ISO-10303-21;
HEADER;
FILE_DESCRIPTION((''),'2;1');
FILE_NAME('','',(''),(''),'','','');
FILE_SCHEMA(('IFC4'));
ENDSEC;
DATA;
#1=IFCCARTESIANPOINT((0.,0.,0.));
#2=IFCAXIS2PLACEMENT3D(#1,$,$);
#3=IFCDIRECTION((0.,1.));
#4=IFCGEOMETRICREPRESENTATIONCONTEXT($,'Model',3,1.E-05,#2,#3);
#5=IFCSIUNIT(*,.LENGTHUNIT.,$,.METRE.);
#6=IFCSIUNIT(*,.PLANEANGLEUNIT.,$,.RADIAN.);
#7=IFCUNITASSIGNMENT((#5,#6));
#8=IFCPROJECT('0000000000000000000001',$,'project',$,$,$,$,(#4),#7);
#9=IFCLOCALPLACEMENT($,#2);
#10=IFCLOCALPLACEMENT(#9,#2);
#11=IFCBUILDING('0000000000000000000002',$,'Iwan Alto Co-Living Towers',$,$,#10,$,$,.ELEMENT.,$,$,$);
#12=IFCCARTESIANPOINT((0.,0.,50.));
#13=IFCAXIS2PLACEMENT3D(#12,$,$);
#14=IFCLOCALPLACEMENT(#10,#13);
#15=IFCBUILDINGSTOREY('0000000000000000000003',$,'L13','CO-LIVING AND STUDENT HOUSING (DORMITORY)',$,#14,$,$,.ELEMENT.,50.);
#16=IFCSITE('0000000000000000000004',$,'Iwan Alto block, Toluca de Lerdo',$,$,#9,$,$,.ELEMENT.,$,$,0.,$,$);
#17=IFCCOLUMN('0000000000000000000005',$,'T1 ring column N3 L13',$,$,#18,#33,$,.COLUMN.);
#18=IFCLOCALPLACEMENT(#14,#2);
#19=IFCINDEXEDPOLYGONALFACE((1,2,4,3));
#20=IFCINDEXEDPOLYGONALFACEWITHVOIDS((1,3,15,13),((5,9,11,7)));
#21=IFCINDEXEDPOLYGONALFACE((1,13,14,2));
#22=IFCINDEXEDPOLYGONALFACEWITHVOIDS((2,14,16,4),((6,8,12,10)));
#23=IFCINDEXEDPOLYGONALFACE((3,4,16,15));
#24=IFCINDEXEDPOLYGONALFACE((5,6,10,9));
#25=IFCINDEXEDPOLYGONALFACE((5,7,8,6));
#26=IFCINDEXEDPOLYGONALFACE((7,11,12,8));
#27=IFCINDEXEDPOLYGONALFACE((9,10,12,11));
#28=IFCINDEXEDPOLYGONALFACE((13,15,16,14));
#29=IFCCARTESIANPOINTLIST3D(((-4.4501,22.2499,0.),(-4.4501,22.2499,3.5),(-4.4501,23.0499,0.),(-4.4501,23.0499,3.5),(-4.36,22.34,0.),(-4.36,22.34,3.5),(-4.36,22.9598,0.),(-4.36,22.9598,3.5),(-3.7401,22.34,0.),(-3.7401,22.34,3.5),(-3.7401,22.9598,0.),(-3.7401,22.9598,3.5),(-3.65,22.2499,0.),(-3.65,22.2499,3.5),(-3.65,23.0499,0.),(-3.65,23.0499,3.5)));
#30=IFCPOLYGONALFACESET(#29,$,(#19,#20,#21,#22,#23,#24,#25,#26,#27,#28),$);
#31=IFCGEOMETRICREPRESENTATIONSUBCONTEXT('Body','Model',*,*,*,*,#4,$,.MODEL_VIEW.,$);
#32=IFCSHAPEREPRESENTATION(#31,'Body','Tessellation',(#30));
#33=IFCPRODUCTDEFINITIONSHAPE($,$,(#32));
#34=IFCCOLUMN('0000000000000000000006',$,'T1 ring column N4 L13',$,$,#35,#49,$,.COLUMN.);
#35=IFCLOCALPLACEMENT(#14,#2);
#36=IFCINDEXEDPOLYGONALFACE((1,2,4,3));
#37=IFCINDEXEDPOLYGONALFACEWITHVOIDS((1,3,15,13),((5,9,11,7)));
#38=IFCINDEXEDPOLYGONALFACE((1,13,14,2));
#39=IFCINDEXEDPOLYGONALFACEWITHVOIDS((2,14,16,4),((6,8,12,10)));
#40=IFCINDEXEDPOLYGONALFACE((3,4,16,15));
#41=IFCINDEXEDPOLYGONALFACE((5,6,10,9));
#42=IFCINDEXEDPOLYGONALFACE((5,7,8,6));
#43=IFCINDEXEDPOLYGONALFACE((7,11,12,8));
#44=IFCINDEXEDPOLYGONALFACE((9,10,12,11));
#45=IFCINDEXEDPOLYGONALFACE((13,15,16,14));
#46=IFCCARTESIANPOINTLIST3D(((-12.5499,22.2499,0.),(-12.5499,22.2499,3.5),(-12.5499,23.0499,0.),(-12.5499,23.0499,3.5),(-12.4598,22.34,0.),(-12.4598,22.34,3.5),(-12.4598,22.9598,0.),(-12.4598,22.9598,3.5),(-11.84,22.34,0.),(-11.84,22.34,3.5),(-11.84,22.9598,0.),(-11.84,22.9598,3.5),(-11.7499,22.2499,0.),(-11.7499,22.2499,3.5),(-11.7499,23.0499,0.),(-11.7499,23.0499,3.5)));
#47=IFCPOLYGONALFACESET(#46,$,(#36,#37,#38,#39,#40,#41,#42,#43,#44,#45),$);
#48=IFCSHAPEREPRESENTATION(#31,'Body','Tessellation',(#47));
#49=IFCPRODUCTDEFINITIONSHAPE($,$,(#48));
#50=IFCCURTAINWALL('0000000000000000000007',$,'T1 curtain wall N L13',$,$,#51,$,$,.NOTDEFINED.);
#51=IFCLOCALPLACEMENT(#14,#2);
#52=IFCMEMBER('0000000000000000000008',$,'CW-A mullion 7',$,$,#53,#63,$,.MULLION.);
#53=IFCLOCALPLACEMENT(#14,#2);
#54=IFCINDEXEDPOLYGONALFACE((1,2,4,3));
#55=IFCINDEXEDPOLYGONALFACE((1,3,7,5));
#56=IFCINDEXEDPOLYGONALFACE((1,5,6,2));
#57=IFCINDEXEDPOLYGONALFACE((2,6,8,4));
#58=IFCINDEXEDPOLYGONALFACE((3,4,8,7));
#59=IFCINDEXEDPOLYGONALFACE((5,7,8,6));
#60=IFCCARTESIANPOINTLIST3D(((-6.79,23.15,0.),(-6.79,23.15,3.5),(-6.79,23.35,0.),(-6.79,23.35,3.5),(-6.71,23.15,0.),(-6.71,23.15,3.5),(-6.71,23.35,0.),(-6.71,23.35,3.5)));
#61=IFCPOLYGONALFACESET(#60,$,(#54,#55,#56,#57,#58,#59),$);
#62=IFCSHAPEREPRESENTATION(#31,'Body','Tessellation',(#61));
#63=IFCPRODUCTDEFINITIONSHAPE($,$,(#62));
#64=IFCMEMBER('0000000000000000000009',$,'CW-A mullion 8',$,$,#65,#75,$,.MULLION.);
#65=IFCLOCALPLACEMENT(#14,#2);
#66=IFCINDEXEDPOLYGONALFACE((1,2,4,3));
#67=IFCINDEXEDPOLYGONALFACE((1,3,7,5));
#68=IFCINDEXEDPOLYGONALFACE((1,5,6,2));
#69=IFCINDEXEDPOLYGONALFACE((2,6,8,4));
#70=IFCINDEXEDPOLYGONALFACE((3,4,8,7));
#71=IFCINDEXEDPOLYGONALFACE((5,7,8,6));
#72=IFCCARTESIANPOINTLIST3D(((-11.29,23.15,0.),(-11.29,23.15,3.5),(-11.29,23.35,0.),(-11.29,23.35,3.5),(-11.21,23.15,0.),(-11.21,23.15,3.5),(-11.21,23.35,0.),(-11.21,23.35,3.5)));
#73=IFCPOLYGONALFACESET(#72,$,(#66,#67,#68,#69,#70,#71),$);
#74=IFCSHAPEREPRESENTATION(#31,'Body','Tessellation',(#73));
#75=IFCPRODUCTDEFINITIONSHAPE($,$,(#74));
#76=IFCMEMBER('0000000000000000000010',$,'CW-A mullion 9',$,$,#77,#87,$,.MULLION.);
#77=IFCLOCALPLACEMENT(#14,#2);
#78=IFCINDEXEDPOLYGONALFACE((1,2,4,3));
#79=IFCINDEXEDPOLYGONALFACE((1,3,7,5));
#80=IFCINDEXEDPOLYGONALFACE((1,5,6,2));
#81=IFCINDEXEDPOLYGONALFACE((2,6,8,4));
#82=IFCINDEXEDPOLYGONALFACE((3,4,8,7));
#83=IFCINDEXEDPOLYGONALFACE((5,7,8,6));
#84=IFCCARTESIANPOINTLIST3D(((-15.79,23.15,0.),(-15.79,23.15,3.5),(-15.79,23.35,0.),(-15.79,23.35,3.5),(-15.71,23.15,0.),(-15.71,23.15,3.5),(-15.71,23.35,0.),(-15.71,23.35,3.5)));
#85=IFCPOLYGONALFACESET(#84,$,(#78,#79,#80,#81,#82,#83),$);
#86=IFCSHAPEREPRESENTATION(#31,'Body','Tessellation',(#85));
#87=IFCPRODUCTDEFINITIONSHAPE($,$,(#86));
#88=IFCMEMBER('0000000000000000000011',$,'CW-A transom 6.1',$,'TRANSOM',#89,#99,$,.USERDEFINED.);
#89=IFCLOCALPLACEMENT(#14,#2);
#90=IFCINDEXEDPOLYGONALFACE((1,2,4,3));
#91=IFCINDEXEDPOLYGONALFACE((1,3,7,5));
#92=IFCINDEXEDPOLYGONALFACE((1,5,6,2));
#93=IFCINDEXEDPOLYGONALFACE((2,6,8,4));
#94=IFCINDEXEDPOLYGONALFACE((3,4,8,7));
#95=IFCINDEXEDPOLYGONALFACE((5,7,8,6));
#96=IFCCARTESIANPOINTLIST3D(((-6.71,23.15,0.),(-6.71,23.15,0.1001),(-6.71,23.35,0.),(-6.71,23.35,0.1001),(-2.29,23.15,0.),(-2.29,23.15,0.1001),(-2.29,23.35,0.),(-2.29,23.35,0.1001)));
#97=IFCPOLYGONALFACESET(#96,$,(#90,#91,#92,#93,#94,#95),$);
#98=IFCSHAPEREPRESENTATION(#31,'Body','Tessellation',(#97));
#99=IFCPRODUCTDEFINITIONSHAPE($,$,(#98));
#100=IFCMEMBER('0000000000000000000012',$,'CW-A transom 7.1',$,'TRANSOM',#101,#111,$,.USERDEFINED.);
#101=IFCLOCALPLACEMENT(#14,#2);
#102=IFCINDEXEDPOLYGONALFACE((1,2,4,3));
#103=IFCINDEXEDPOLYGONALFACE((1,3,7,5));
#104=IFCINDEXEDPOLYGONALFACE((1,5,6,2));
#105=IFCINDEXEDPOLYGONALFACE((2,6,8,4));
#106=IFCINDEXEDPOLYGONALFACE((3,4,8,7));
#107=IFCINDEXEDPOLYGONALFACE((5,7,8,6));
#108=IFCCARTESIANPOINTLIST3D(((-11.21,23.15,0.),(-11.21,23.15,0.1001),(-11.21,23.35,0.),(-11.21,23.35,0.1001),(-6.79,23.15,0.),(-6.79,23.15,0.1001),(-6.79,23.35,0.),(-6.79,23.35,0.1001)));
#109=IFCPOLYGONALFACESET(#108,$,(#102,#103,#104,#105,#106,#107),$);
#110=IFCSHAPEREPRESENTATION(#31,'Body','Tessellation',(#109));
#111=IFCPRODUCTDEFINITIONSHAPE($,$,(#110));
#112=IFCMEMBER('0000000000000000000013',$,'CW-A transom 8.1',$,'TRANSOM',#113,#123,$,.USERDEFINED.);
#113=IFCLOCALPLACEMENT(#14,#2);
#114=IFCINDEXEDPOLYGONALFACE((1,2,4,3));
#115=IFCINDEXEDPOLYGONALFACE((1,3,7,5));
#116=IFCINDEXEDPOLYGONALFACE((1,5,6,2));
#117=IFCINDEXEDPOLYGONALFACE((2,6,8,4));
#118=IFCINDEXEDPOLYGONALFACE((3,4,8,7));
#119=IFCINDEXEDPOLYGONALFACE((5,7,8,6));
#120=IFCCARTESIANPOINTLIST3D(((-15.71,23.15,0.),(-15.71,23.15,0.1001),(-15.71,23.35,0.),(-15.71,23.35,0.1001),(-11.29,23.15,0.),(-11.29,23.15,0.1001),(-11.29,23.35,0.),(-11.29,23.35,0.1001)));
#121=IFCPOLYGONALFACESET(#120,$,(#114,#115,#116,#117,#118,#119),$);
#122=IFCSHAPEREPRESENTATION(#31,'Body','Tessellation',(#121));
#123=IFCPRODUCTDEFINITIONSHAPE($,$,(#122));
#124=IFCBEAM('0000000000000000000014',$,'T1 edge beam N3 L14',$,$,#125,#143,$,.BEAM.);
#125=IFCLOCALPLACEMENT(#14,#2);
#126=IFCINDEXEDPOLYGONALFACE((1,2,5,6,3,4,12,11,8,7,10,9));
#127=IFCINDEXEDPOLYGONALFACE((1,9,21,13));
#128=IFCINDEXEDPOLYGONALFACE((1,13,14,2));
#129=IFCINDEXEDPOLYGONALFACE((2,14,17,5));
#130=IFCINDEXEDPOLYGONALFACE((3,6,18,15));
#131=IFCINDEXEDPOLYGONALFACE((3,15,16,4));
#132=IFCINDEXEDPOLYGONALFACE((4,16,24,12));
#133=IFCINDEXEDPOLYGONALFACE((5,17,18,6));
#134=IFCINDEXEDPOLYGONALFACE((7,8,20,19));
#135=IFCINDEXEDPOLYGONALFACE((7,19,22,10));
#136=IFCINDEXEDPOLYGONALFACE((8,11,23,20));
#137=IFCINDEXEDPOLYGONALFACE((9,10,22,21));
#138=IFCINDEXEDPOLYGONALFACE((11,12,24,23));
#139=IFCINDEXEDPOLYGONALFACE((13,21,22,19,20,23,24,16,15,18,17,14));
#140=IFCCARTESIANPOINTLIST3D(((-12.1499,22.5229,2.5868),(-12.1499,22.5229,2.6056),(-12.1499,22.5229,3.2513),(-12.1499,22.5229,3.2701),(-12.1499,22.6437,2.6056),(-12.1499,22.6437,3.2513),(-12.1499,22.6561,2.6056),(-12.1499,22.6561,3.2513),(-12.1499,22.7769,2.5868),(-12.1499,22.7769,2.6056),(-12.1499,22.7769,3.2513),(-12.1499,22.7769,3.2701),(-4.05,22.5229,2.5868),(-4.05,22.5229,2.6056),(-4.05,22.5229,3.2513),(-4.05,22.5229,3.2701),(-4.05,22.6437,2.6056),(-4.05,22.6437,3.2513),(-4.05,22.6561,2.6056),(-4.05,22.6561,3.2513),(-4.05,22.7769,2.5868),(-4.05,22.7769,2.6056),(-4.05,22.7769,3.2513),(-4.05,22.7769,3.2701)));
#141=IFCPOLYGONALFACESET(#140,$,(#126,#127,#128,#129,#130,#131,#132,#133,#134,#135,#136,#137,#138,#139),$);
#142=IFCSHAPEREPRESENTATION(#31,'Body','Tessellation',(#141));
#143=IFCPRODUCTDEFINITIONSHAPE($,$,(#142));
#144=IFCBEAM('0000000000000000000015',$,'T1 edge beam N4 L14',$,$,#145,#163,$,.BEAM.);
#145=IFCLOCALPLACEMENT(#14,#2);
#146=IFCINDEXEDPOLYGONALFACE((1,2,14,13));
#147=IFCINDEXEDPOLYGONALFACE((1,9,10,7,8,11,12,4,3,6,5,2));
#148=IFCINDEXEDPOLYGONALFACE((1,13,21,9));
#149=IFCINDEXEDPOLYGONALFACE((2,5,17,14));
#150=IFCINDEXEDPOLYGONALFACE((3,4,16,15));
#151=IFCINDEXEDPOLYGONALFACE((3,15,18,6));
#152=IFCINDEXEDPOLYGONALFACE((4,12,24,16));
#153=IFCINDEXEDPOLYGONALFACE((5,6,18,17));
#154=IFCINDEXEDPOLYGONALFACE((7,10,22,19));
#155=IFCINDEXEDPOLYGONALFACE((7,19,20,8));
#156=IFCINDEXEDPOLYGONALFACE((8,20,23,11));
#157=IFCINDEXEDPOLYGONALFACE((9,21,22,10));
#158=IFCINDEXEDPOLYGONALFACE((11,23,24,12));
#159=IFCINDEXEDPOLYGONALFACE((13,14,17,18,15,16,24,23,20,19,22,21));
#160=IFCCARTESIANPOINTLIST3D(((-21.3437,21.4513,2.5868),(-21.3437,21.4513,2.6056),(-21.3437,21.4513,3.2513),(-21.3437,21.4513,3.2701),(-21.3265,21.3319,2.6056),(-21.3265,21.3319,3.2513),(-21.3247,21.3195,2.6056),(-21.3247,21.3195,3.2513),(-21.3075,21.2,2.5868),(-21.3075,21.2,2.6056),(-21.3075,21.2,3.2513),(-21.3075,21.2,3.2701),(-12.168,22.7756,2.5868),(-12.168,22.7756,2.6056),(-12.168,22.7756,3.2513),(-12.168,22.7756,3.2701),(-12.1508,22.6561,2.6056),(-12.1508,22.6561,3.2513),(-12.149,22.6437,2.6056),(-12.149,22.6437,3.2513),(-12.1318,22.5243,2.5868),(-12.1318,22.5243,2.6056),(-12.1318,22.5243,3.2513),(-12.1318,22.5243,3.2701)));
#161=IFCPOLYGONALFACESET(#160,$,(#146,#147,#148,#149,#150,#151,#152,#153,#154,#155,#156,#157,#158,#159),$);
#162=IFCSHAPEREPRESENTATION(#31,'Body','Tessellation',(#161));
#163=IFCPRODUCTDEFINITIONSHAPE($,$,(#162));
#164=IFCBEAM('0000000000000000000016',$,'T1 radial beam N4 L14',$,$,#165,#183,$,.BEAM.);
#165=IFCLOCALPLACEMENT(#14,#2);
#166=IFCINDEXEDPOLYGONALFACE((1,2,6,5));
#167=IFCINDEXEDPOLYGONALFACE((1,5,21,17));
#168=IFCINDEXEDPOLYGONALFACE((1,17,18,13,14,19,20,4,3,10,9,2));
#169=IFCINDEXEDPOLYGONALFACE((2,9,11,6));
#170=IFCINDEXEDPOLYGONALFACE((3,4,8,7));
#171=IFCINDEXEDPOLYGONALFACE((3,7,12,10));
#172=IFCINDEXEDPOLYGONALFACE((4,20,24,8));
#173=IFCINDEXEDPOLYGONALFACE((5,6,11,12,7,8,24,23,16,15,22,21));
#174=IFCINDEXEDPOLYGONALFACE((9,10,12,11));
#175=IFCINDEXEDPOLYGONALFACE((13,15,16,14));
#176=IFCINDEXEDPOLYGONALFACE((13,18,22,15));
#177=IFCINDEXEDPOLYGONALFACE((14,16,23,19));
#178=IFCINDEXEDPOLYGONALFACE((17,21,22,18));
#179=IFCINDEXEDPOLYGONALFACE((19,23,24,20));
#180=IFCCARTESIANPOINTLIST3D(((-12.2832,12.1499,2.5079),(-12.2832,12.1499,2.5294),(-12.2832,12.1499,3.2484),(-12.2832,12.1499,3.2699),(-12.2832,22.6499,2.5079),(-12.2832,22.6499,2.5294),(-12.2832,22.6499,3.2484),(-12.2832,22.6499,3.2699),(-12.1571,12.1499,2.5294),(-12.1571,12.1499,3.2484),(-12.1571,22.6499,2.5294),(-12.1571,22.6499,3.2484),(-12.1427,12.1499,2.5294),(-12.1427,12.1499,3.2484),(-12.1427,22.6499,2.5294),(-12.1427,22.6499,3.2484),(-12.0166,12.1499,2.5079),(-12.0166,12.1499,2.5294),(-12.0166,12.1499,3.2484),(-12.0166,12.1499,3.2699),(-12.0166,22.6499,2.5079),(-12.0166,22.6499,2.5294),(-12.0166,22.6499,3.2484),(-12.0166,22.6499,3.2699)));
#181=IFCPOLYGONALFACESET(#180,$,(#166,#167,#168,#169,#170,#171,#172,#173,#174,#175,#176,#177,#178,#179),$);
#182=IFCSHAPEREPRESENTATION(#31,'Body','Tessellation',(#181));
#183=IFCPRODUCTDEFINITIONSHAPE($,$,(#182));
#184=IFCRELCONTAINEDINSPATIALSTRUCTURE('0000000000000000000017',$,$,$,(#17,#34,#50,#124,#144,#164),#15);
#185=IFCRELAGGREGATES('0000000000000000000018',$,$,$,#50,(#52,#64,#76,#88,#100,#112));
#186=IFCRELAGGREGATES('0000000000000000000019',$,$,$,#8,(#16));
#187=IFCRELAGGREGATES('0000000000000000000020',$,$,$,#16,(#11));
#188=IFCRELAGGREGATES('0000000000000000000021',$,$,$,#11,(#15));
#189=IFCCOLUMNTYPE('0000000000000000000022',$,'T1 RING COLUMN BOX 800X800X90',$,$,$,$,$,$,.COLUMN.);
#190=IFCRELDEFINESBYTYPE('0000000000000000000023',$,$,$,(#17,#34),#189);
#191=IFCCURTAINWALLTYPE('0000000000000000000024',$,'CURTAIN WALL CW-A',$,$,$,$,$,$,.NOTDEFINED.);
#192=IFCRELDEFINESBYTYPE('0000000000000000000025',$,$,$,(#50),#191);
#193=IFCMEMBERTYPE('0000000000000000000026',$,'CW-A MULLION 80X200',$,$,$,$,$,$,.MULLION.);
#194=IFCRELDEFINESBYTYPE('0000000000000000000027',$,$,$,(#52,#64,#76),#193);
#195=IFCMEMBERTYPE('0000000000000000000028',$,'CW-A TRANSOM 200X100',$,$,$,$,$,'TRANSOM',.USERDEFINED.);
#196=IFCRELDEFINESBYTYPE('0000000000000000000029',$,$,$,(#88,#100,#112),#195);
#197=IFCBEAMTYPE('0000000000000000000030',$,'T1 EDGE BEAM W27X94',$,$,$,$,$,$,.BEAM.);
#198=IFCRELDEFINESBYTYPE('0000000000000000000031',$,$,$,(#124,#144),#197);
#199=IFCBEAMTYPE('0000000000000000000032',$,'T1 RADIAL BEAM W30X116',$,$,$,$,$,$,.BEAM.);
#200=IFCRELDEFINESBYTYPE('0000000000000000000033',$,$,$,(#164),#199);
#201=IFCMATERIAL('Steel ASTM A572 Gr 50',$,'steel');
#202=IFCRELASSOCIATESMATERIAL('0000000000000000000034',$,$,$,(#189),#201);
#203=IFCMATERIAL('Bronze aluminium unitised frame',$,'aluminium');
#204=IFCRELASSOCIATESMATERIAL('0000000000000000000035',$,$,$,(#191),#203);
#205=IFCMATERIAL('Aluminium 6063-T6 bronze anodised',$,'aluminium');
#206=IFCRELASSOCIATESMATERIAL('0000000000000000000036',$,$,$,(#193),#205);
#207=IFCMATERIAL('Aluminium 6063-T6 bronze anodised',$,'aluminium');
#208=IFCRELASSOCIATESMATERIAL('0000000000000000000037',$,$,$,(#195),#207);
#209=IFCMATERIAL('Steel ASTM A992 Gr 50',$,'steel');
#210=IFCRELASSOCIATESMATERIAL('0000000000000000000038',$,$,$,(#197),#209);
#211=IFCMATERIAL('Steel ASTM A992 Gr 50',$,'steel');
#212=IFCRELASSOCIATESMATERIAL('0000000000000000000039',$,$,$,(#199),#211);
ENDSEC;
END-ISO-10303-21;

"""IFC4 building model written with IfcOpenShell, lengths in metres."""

from ifc_helpers import new_model, si_unit, direction, frame, origin, origin_2d, place, context, subcontext, project, spatial, rectangle, hollow_rectangle, i_section, extrude, material, material_profile, profile_set, type_object, element, aggregate, save


model = new_model("IFC4")

# Units and contexts
model_context = context("Model", 3, precision=1e-05, world=origin(), true_north=direction((0.0, 1.0)))
body_context = subcontext(model_context, "Body", "Model", "MODEL_VIEW")
ifc_project = project(units=[si_unit("LENGTHUNIT", "METRE"), si_unit("PLANEANGLEUNIT", "RADIAN")], contexts=[model_context])

# Site, building, storey
site_placement = place(None, origin())
site = spatial("IfcSite", under=ifc_project, at=site_placement, Name="Iwan Alto block, Toluca de Lerdo", CompositionType="ELEMENT", RefElevation=0.0)
building_placement = place(site_placement, origin())
building = spatial("IfcBuilding", under=site, at=building_placement, Name="Iwan Alto Co-Living Towers", CompositionType="ELEMENT")
storey_placement = place(building_placement, frame((0.0, 0.0, 50.0)))
storey = spatial("IfcBuildingStorey", under=building, at=storey_placement, Name="L13", Description="CO-LIVING AND STUDENT HOUSING (DORMITORY)", CompositionType="ELEMENT", Elevation=50.0)

# Columns
ifc_material_1 = material(Name="Steel ASTM A572 Gr 50", Category="steel")
ifc_material_profile_1 = material_profile(ifc_material_1, hollow_rectangle(XDim=0.8, YDim=0.8, WallThickness=0.0901, at=origin_2d()), Name="BOX 800X800X90")
ifc_profile_set_1 = profile_set([ifc_material_profile_1], Name="Steel ASTM A572 Gr 50")
column_type = type_object("IfcColumnType", Name="T1 RING COLUMN BOX 800X800X90", PredefinedType="COLUMN", material=ifc_profile_set_1)
for number, where, z_axis, x_axis, name in (
    (1, (-4.05, 22.6499, 0.0), (0.0, 0.0, 1.0), (1.0, 0.0, 0.0), "T1 ring column N3 L13"),
    (2, (-12.1499, 22.6499, 0.0), (0.0, 0.0, 1.0), (1.0, 0.0, 0.0), "T1 ring column N4 L13"),
):
    element("IfcColumn", number, at=place(storey_placement, frame(where, z_axis=z_axis, x_axis=x_axis)), inside=storey, type_object=column_type, Name=name, PredefinedType="COLUMN", context=body_context, shape_type="SweptSolid", body=[
        extrude(hollow_rectangle(XDim=0.8, YDim=0.8, WallThickness=0.0901, at=origin_2d()), origin(), (0.0, 0.0, 1.0), 3.5),
    ])

# Curtain wall, members
ifc_material_2 = material(Name="Bronze aluminium unitised frame", Category="aluminium")
curtain_wall_type = type_object("IfcCurtainWallType", Name="CURTAIN WALL CW-A", PredefinedType="NOTDEFINED", material=ifc_material_2)
curtain_wall_placement = place(storey_placement, origin())
curtain_wall = element("IfcCurtainWall", 3, at=curtain_wall_placement, inside=storey, type_object=curtain_wall_type, Name="T1 curtain wall N L13", PredefinedType="NOTDEFINED")
ifc_material_3 = material(Name="Aluminium 6063-T6 bronze anodised", Category="aluminium")
ifc_material_profile_2 = material_profile(ifc_material_3, rectangle(XDim=0.2, YDim=0.0801, at=origin_2d()), Name="AL 80X200")
ifc_profile_set_2 = profile_set([ifc_material_profile_2], Name="Aluminium 6063-T6 bronze anodised")
member_type_1 = type_object("IfcMemberType", Name="CW-A MULLION 80X200", PredefinedType="MULLION", material=ifc_profile_set_2)
member_1_placement = place(storey_placement, frame((-6.75, 23.25, 0.0), z_axis=(0.0, 0.0, 1.0), x_axis=(0.0, -1.0, 0.0)))
member_1 = element("IfcMember", 4, at=member_1_placement, type_object=member_type_1, Name="CW-A mullion 7", PredefinedType="MULLION", context=body_context, shape_type="SweptSolid", body=[
    extrude(rectangle(XDim=0.2, YDim=0.0801, at=origin_2d()), origin(), (0.0, 0.0, 1.0), 3.5),
])
member_2_placement = place(storey_placement, frame((-11.25, 23.25, 0.0), z_axis=(0.0, 0.0, 1.0), x_axis=(0.0, -1.0, 0.0)))
member_2 = element("IfcMember", 5, at=member_2_placement, type_object=member_type_1, Name="CW-A mullion 8", PredefinedType="MULLION", context=body_context, shape_type="SweptSolid", body=[
    extrude(rectangle(XDim=0.2, YDim=0.0801, at=origin_2d()), origin(), (0.0, 0.0, 1.0), 3.5),
])
member_3_placement = place(storey_placement, frame((-15.75, 23.25, 0.0), z_axis=(0.0, 0.0, 1.0), x_axis=(0.0, -1.0, 0.0)))
member_3 = element("IfcMember", 6, at=member_3_placement, type_object=member_type_1, Name="CW-A mullion 9", PredefinedType="MULLION", context=body_context, shape_type="SweptSolid", body=[
    extrude(rectangle(XDim=0.2, YDim=0.0801, at=origin_2d()), origin(), (0.0, 0.0, 1.0), 3.5),
])
ifc_material_4 = material(Name="Aluminium 6063-T6 bronze anodised", Category="aluminium")
ifc_material_profile_3 = material_profile(ifc_material_4, rectangle(XDim=0.2, YDim=0.1001, at=origin_2d()), Name="AL 200X100")
ifc_profile_set_3 = profile_set([ifc_material_profile_3], Name="Aluminium 6063-T6 bronze anodised")
member_type_2 = type_object("IfcMemberType", Name="CW-A TRANSOM 200X100", ElementType="TRANSOM", PredefinedType="USERDEFINED", material=ifc_profile_set_3)
member_4_placement = place(storey_placement, frame((-2.29, 23.25, 0.05), z_axis=(-1.0, 0.0, 0.0), x_axis=(0.0, -1.0, 0.0)))
member_4 = element("IfcMember", 7, at=member_4_placement, type_object=member_type_2, Name="CW-A transom 6.1", ObjectType="TRANSOM", PredefinedType="USERDEFINED", context=body_context, shape_type="SweptSolid", body=[
    extrude(rectangle(XDim=0.2, YDim=0.1001, at=origin_2d()), origin(), (0.0, 0.0, 1.0), 4.4199),
])
member_5_placement = place(storey_placement, frame((-6.79, 23.25, 0.05), z_axis=(-1.0, 0.0, 0.0), x_axis=(0.0, -1.0, 0.0)))
member_5 = element("IfcMember", 8, at=member_5_placement, type_object=member_type_2, Name="CW-A transom 7.1", ObjectType="TRANSOM", PredefinedType="USERDEFINED", context=body_context, shape_type="SweptSolid", body=[
    extrude(rectangle(XDim=0.2, YDim=0.1001, at=origin_2d()), origin(), (0.0, 0.0, 1.0), 4.4199),
])
member_6_placement = place(storey_placement, frame((-11.29, 23.25, 0.05), z_axis=(-1.0, 0.0, 0.0), x_axis=(0.0, -1.0, 0.0)))
member_6 = element("IfcMember", 9, at=member_6_placement, type_object=member_type_2, Name="CW-A transom 8.1", ObjectType="TRANSOM", PredefinedType="USERDEFINED", context=body_context, shape_type="SweptSolid", body=[
    extrude(rectangle(XDim=0.2, YDim=0.1001, at=origin_2d()), origin(), (0.0, 0.0, 1.0), 4.4199),
])

# Beams
ifc_material_5 = material(Name="Steel ASTM A992 Gr 50", Category="steel")
ifc_material_profile_4 = material_profile(ifc_material_5, i_section(OverallWidth=0.2539, OverallDepth=0.6833, WebThickness=0.0125, FlangeThickness=0.0188, at=origin_2d()), Name="W27X94")
ifc_profile_set_4 = profile_set([ifc_material_profile_4], Name="Steel ASTM A992 Gr 50")
beam_type_1 = type_object("IfcBeamType", Name="T1 EDGE BEAM W27X94", PredefinedType="BEAM", material=ifc_profile_set_4)
beam_1_placement = place(storey_placement, frame((-4.05, 22.6499, 2.9285), z_axis=(-1.0, 0.0, 0.0), x_axis=(0.0, -1.0, 0.0)))
element("IfcBeam", 10, at=beam_1_placement, inside=storey, type_object=beam_type_1, Name="T1 edge beam N3 L14", PredefinedType="BEAM", context=body_context, shape_type="SweptSolid", body=[
    extrude(i_section(OverallWidth=0.2539, OverallDepth=0.6833, WebThickness=0.0125, FlangeThickness=0.0188, at=origin_2d()), origin(), (0.0, 0.0, 1.0), 8.0999),
])
beam_2_placement = place(storey_placement, frame((-12.1499, 22.6499, 2.9285), z_axis=(-0.989746, -0.142837, 0.0), x_axis=(0.142837, -0.989746, 0.0)))
element("IfcBeam", 11, at=beam_2_placement, inside=storey, type_object=beam_type_1, Name="T1 edge beam N4 L14", PredefinedType="BEAM", context=body_context, shape_type="SweptSolid", body=[
    extrude(i_section(OverallWidth=0.2539, OverallDepth=0.6833, WebThickness=0.0125, FlangeThickness=0.0188, at=origin_2d()), origin(), (0.0, 0.0, 1.0), 9.2708),
])
ifc_material_6 = material(Name="Steel ASTM A992 Gr 50", Category="steel")
ifc_material_profile_5 = material_profile(ifc_material_6, i_section(OverallWidth=0.2666, OverallDepth=0.762, WebThickness=0.0144, FlangeThickness=0.0215, at=origin_2d()), Name="W30X116")
ifc_profile_set_5 = profile_set([ifc_material_profile_5], Name="Steel ASTM A992 Gr 50")
beam_type_2 = type_object("IfcBeamType", Name="T1 RADIAL BEAM W30X116", PredefinedType="BEAM", material=ifc_profile_set_5)
beam_3_placement = place(storey_placement, frame((-12.1499, 22.6499, 2.8889), z_axis=(0.0, -1.0, 0.0), x_axis=(1.0, 0.0, 0.0)))
element("IfcBeam", 12, at=beam_3_placement, inside=storey, type_object=beam_type_2, Name="T1 radial beam N4 L14", PredefinedType="BEAM", context=body_context, shape_type="SweptSolid", body=[
    extrude(i_section(OverallWidth=0.2666, OverallDepth=0.762, WebThickness=0.0144, FlangeThickness=0.0215, at=origin_2d()), origin(), (0.0, 0.0, 1.0), 10.5),
])

aggregate(curtain_wall, [member_1, member_2, member_3, member_4, member_5, member_6])

save(model, "model.ifc")
